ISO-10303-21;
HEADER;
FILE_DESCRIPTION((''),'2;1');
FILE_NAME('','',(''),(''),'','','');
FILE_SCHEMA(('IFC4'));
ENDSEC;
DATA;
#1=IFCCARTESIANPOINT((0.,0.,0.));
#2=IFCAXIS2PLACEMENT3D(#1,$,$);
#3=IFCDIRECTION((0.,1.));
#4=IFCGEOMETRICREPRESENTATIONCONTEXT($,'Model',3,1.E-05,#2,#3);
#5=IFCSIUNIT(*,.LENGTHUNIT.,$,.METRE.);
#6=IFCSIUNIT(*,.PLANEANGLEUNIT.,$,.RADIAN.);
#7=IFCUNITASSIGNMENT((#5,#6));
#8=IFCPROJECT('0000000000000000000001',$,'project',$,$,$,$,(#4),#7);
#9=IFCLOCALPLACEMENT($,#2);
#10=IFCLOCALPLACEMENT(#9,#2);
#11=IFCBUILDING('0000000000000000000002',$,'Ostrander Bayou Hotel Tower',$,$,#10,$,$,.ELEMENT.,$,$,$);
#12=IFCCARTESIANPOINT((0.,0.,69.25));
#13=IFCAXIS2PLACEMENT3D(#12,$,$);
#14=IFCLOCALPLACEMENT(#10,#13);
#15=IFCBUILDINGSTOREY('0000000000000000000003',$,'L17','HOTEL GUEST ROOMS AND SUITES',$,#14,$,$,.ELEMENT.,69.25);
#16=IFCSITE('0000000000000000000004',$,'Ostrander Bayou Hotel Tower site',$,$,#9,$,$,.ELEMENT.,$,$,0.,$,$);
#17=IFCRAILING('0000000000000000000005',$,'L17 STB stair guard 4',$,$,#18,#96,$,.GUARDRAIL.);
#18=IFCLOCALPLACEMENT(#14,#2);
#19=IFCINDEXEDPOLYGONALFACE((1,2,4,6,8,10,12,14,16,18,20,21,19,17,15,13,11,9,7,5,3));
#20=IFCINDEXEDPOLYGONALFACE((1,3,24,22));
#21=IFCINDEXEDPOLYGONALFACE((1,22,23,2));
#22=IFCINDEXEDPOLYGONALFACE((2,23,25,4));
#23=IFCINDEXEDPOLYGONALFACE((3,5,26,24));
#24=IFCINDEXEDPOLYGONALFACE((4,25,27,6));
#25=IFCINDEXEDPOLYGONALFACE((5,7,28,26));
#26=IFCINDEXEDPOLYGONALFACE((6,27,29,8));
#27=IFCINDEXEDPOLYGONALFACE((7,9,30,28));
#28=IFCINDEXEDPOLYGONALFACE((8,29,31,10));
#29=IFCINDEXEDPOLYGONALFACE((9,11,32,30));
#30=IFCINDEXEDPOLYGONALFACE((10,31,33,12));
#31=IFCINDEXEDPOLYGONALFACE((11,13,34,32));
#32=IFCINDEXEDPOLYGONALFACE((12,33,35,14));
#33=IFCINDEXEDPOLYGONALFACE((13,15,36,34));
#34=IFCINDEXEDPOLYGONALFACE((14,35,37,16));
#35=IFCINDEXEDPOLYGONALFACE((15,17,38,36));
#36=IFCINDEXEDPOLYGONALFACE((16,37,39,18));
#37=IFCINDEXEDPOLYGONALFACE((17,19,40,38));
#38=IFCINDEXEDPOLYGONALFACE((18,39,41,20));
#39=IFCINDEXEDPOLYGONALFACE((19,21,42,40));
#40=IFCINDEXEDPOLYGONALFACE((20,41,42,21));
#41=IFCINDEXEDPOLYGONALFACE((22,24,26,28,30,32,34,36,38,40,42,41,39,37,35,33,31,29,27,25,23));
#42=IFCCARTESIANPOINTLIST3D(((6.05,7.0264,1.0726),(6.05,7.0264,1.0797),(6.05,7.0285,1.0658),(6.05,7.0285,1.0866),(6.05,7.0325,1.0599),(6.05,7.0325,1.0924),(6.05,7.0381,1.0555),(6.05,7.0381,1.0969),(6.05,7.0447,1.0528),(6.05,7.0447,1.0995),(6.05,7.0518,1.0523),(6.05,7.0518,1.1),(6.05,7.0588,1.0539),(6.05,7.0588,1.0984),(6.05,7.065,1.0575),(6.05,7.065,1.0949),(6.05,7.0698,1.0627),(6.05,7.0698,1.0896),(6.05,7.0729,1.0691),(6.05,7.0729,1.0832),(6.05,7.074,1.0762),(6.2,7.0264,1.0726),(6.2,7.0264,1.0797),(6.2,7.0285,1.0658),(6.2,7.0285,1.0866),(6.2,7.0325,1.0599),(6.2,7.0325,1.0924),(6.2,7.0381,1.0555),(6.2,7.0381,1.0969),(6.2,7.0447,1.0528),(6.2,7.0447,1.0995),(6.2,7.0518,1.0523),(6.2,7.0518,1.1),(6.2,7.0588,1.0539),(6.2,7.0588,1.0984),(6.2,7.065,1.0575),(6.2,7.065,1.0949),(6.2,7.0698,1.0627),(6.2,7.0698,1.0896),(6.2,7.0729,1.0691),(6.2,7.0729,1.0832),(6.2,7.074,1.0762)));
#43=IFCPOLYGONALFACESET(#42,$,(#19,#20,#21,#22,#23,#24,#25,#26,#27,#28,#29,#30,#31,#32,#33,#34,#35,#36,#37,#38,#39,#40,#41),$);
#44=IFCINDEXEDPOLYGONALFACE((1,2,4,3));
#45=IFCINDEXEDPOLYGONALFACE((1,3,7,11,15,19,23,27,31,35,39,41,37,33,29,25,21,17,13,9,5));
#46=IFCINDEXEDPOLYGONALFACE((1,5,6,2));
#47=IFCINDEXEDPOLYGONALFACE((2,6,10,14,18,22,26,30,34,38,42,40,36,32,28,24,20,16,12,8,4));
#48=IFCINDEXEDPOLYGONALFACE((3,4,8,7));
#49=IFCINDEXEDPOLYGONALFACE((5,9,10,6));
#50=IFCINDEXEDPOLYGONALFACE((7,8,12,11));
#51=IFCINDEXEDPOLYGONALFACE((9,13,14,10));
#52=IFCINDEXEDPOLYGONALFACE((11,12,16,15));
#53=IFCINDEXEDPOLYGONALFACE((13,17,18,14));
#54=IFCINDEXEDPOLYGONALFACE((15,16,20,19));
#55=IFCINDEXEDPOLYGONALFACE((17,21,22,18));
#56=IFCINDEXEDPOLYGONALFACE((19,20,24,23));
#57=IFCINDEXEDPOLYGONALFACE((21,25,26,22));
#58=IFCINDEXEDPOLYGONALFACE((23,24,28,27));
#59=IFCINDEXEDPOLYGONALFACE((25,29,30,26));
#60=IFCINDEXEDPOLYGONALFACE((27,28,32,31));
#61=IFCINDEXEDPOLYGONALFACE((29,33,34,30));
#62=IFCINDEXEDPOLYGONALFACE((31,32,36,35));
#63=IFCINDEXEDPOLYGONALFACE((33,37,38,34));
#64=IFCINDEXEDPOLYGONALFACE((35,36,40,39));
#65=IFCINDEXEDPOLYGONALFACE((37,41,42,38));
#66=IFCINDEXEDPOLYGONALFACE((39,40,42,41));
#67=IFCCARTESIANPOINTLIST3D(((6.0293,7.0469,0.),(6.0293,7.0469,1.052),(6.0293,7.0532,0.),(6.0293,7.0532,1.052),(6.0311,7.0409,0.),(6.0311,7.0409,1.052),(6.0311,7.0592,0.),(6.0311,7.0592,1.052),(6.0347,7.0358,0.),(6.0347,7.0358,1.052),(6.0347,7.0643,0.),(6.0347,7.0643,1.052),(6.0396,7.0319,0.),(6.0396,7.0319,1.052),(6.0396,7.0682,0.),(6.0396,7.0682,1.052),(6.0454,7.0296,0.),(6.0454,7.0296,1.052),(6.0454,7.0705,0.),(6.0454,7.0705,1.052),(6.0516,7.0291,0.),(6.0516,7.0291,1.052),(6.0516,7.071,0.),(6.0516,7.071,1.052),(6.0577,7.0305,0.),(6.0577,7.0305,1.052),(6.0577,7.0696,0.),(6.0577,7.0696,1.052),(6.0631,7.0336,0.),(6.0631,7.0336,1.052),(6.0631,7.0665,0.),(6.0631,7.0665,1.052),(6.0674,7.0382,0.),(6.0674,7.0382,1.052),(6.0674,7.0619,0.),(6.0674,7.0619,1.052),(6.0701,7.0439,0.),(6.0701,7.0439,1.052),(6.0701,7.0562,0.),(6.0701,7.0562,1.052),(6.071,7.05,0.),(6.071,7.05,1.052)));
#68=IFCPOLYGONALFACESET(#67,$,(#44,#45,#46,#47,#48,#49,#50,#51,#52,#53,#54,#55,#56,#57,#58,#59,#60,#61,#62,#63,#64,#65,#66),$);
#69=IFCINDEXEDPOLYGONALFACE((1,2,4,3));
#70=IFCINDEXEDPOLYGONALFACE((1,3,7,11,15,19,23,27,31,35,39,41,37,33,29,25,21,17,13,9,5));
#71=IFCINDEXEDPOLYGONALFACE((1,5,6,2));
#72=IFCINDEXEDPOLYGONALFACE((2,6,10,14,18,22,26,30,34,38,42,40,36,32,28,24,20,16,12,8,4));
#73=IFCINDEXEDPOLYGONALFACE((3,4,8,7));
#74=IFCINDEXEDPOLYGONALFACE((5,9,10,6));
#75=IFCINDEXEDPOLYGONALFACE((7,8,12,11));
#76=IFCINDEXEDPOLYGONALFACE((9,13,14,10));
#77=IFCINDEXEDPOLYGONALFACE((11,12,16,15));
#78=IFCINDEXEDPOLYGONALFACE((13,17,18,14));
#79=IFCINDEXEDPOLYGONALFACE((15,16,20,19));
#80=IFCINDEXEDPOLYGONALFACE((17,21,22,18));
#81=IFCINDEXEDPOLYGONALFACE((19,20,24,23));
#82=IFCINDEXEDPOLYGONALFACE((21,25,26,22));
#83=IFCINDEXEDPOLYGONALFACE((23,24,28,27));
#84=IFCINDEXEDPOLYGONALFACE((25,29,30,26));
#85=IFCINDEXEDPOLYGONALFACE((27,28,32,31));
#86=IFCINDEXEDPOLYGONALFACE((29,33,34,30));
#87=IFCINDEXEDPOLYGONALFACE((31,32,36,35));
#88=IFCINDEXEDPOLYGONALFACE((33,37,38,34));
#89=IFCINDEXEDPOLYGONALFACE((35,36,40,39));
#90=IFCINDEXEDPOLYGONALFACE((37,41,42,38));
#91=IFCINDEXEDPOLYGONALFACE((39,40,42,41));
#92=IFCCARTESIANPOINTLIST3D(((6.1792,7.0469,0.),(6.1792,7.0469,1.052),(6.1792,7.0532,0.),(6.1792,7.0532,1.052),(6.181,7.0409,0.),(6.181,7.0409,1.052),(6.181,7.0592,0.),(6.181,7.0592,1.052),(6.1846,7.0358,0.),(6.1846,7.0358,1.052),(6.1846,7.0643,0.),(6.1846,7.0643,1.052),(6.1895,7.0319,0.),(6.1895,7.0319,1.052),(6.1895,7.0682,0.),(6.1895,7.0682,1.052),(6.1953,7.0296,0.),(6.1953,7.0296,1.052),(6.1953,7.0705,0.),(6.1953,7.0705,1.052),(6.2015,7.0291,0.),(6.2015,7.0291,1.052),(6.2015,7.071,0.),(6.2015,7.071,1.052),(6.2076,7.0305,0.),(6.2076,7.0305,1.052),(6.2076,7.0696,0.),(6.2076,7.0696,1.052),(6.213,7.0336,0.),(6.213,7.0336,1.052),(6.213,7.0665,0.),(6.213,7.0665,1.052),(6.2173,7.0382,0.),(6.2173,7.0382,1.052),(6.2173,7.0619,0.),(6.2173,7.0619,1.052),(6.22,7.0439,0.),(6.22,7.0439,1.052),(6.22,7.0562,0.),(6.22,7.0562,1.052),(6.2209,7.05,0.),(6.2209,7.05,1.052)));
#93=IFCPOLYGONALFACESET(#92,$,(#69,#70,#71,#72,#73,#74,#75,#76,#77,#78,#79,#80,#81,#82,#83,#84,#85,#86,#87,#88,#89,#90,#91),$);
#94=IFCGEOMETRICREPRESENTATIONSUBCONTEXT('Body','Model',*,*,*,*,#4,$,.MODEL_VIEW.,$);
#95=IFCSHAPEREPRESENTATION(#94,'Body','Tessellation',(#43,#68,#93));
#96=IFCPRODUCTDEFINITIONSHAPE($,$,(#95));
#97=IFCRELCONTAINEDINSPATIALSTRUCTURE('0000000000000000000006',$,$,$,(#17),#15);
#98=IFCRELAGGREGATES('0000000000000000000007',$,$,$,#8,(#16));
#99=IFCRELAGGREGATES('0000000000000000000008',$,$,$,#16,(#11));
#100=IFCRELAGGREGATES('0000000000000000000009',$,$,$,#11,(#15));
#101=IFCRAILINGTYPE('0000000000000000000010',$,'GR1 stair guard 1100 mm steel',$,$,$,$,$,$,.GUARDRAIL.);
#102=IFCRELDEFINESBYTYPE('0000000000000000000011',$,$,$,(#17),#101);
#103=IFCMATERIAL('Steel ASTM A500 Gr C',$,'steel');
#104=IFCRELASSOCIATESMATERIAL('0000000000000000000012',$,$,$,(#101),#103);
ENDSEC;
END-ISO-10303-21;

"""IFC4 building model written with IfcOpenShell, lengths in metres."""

from ifc_helpers import new_model, si_unit, direction, frame, origin, origin_2d, place, context, subcontext, project, spatial, circle, extrude, material, type_object, element, save


model = new_model("IFC4")

# Units and contexts
model_context = context("Model", 3, precision=1e-05, world=origin(), true_north=direction((0.0, 1.0)))
body_context = subcontext(model_context, "Body", "Model", "MODEL_VIEW")
ifc_project = project(units=[si_unit("LENGTHUNIT", "METRE"), si_unit("PLANEANGLEUNIT", "RADIAN")], contexts=[model_context])

# Site, building, storey
site_placement = place(None, origin())
site = spatial("IfcSite", under=ifc_project, at=site_placement, Name="Ostrander Bayou Hotel Tower site", CompositionType="ELEMENT", RefElevation=0.0)
building_placement = place(site_placement, origin())
building = spatial("IfcBuilding", under=site, at=building_placement, Name="Ostrander Bayou Hotel Tower", CompositionType="ELEMENT")
storey_placement = place(building_placement, frame((0.0, 0.0, 69.25)))
storey = spatial("IfcBuildingStorey", under=building, at=storey_placement, Name="L17", Description="HOTEL GUEST ROOMS AND SUITES", CompositionType="ELEMENT", Elevation=69.25)

# Railing
ifc_material_1 = material(Name="Steel ASTM A500 Gr C", Category="steel")
railing_type_1 = type_object("IfcRailingType", Name="GR1 stair guard 1100 mm steel", PredefinedType="GUARDRAIL", material=ifc_material_1)
railing_1_placement = place(storey_placement, frame((6.05, 7.05, 0.0)))
element("IfcRailing", 1, at=railing_1_placement, inside=storey, type_object=railing_type_1, Name="L17 STB stair guard 4", PredefinedType="GUARDRAIL", context=body_context, shape_type="SweptSolid", body=[
    extrude(circle(Radius=0.0239, at=origin_2d()), frame((0.0, 0.0, 1.0762), z_axis=(1.0, 0.0, 0.0), x_axis=(0.0, 1.0, 0.0)), (0.0, 0.0, 1.0), 0.1499),
    extrude(circle(Radius=0.021, at=origin_2d()), origin(), (0.0, 0.0, 1.0), 1.052),
    extrude(circle(Radius=0.021, at=origin_2d()), frame((0.1499, 0.0, 0.0)), (0.0, 0.0, 1.0), 1.052),
])

save(model, "model.ifc")
